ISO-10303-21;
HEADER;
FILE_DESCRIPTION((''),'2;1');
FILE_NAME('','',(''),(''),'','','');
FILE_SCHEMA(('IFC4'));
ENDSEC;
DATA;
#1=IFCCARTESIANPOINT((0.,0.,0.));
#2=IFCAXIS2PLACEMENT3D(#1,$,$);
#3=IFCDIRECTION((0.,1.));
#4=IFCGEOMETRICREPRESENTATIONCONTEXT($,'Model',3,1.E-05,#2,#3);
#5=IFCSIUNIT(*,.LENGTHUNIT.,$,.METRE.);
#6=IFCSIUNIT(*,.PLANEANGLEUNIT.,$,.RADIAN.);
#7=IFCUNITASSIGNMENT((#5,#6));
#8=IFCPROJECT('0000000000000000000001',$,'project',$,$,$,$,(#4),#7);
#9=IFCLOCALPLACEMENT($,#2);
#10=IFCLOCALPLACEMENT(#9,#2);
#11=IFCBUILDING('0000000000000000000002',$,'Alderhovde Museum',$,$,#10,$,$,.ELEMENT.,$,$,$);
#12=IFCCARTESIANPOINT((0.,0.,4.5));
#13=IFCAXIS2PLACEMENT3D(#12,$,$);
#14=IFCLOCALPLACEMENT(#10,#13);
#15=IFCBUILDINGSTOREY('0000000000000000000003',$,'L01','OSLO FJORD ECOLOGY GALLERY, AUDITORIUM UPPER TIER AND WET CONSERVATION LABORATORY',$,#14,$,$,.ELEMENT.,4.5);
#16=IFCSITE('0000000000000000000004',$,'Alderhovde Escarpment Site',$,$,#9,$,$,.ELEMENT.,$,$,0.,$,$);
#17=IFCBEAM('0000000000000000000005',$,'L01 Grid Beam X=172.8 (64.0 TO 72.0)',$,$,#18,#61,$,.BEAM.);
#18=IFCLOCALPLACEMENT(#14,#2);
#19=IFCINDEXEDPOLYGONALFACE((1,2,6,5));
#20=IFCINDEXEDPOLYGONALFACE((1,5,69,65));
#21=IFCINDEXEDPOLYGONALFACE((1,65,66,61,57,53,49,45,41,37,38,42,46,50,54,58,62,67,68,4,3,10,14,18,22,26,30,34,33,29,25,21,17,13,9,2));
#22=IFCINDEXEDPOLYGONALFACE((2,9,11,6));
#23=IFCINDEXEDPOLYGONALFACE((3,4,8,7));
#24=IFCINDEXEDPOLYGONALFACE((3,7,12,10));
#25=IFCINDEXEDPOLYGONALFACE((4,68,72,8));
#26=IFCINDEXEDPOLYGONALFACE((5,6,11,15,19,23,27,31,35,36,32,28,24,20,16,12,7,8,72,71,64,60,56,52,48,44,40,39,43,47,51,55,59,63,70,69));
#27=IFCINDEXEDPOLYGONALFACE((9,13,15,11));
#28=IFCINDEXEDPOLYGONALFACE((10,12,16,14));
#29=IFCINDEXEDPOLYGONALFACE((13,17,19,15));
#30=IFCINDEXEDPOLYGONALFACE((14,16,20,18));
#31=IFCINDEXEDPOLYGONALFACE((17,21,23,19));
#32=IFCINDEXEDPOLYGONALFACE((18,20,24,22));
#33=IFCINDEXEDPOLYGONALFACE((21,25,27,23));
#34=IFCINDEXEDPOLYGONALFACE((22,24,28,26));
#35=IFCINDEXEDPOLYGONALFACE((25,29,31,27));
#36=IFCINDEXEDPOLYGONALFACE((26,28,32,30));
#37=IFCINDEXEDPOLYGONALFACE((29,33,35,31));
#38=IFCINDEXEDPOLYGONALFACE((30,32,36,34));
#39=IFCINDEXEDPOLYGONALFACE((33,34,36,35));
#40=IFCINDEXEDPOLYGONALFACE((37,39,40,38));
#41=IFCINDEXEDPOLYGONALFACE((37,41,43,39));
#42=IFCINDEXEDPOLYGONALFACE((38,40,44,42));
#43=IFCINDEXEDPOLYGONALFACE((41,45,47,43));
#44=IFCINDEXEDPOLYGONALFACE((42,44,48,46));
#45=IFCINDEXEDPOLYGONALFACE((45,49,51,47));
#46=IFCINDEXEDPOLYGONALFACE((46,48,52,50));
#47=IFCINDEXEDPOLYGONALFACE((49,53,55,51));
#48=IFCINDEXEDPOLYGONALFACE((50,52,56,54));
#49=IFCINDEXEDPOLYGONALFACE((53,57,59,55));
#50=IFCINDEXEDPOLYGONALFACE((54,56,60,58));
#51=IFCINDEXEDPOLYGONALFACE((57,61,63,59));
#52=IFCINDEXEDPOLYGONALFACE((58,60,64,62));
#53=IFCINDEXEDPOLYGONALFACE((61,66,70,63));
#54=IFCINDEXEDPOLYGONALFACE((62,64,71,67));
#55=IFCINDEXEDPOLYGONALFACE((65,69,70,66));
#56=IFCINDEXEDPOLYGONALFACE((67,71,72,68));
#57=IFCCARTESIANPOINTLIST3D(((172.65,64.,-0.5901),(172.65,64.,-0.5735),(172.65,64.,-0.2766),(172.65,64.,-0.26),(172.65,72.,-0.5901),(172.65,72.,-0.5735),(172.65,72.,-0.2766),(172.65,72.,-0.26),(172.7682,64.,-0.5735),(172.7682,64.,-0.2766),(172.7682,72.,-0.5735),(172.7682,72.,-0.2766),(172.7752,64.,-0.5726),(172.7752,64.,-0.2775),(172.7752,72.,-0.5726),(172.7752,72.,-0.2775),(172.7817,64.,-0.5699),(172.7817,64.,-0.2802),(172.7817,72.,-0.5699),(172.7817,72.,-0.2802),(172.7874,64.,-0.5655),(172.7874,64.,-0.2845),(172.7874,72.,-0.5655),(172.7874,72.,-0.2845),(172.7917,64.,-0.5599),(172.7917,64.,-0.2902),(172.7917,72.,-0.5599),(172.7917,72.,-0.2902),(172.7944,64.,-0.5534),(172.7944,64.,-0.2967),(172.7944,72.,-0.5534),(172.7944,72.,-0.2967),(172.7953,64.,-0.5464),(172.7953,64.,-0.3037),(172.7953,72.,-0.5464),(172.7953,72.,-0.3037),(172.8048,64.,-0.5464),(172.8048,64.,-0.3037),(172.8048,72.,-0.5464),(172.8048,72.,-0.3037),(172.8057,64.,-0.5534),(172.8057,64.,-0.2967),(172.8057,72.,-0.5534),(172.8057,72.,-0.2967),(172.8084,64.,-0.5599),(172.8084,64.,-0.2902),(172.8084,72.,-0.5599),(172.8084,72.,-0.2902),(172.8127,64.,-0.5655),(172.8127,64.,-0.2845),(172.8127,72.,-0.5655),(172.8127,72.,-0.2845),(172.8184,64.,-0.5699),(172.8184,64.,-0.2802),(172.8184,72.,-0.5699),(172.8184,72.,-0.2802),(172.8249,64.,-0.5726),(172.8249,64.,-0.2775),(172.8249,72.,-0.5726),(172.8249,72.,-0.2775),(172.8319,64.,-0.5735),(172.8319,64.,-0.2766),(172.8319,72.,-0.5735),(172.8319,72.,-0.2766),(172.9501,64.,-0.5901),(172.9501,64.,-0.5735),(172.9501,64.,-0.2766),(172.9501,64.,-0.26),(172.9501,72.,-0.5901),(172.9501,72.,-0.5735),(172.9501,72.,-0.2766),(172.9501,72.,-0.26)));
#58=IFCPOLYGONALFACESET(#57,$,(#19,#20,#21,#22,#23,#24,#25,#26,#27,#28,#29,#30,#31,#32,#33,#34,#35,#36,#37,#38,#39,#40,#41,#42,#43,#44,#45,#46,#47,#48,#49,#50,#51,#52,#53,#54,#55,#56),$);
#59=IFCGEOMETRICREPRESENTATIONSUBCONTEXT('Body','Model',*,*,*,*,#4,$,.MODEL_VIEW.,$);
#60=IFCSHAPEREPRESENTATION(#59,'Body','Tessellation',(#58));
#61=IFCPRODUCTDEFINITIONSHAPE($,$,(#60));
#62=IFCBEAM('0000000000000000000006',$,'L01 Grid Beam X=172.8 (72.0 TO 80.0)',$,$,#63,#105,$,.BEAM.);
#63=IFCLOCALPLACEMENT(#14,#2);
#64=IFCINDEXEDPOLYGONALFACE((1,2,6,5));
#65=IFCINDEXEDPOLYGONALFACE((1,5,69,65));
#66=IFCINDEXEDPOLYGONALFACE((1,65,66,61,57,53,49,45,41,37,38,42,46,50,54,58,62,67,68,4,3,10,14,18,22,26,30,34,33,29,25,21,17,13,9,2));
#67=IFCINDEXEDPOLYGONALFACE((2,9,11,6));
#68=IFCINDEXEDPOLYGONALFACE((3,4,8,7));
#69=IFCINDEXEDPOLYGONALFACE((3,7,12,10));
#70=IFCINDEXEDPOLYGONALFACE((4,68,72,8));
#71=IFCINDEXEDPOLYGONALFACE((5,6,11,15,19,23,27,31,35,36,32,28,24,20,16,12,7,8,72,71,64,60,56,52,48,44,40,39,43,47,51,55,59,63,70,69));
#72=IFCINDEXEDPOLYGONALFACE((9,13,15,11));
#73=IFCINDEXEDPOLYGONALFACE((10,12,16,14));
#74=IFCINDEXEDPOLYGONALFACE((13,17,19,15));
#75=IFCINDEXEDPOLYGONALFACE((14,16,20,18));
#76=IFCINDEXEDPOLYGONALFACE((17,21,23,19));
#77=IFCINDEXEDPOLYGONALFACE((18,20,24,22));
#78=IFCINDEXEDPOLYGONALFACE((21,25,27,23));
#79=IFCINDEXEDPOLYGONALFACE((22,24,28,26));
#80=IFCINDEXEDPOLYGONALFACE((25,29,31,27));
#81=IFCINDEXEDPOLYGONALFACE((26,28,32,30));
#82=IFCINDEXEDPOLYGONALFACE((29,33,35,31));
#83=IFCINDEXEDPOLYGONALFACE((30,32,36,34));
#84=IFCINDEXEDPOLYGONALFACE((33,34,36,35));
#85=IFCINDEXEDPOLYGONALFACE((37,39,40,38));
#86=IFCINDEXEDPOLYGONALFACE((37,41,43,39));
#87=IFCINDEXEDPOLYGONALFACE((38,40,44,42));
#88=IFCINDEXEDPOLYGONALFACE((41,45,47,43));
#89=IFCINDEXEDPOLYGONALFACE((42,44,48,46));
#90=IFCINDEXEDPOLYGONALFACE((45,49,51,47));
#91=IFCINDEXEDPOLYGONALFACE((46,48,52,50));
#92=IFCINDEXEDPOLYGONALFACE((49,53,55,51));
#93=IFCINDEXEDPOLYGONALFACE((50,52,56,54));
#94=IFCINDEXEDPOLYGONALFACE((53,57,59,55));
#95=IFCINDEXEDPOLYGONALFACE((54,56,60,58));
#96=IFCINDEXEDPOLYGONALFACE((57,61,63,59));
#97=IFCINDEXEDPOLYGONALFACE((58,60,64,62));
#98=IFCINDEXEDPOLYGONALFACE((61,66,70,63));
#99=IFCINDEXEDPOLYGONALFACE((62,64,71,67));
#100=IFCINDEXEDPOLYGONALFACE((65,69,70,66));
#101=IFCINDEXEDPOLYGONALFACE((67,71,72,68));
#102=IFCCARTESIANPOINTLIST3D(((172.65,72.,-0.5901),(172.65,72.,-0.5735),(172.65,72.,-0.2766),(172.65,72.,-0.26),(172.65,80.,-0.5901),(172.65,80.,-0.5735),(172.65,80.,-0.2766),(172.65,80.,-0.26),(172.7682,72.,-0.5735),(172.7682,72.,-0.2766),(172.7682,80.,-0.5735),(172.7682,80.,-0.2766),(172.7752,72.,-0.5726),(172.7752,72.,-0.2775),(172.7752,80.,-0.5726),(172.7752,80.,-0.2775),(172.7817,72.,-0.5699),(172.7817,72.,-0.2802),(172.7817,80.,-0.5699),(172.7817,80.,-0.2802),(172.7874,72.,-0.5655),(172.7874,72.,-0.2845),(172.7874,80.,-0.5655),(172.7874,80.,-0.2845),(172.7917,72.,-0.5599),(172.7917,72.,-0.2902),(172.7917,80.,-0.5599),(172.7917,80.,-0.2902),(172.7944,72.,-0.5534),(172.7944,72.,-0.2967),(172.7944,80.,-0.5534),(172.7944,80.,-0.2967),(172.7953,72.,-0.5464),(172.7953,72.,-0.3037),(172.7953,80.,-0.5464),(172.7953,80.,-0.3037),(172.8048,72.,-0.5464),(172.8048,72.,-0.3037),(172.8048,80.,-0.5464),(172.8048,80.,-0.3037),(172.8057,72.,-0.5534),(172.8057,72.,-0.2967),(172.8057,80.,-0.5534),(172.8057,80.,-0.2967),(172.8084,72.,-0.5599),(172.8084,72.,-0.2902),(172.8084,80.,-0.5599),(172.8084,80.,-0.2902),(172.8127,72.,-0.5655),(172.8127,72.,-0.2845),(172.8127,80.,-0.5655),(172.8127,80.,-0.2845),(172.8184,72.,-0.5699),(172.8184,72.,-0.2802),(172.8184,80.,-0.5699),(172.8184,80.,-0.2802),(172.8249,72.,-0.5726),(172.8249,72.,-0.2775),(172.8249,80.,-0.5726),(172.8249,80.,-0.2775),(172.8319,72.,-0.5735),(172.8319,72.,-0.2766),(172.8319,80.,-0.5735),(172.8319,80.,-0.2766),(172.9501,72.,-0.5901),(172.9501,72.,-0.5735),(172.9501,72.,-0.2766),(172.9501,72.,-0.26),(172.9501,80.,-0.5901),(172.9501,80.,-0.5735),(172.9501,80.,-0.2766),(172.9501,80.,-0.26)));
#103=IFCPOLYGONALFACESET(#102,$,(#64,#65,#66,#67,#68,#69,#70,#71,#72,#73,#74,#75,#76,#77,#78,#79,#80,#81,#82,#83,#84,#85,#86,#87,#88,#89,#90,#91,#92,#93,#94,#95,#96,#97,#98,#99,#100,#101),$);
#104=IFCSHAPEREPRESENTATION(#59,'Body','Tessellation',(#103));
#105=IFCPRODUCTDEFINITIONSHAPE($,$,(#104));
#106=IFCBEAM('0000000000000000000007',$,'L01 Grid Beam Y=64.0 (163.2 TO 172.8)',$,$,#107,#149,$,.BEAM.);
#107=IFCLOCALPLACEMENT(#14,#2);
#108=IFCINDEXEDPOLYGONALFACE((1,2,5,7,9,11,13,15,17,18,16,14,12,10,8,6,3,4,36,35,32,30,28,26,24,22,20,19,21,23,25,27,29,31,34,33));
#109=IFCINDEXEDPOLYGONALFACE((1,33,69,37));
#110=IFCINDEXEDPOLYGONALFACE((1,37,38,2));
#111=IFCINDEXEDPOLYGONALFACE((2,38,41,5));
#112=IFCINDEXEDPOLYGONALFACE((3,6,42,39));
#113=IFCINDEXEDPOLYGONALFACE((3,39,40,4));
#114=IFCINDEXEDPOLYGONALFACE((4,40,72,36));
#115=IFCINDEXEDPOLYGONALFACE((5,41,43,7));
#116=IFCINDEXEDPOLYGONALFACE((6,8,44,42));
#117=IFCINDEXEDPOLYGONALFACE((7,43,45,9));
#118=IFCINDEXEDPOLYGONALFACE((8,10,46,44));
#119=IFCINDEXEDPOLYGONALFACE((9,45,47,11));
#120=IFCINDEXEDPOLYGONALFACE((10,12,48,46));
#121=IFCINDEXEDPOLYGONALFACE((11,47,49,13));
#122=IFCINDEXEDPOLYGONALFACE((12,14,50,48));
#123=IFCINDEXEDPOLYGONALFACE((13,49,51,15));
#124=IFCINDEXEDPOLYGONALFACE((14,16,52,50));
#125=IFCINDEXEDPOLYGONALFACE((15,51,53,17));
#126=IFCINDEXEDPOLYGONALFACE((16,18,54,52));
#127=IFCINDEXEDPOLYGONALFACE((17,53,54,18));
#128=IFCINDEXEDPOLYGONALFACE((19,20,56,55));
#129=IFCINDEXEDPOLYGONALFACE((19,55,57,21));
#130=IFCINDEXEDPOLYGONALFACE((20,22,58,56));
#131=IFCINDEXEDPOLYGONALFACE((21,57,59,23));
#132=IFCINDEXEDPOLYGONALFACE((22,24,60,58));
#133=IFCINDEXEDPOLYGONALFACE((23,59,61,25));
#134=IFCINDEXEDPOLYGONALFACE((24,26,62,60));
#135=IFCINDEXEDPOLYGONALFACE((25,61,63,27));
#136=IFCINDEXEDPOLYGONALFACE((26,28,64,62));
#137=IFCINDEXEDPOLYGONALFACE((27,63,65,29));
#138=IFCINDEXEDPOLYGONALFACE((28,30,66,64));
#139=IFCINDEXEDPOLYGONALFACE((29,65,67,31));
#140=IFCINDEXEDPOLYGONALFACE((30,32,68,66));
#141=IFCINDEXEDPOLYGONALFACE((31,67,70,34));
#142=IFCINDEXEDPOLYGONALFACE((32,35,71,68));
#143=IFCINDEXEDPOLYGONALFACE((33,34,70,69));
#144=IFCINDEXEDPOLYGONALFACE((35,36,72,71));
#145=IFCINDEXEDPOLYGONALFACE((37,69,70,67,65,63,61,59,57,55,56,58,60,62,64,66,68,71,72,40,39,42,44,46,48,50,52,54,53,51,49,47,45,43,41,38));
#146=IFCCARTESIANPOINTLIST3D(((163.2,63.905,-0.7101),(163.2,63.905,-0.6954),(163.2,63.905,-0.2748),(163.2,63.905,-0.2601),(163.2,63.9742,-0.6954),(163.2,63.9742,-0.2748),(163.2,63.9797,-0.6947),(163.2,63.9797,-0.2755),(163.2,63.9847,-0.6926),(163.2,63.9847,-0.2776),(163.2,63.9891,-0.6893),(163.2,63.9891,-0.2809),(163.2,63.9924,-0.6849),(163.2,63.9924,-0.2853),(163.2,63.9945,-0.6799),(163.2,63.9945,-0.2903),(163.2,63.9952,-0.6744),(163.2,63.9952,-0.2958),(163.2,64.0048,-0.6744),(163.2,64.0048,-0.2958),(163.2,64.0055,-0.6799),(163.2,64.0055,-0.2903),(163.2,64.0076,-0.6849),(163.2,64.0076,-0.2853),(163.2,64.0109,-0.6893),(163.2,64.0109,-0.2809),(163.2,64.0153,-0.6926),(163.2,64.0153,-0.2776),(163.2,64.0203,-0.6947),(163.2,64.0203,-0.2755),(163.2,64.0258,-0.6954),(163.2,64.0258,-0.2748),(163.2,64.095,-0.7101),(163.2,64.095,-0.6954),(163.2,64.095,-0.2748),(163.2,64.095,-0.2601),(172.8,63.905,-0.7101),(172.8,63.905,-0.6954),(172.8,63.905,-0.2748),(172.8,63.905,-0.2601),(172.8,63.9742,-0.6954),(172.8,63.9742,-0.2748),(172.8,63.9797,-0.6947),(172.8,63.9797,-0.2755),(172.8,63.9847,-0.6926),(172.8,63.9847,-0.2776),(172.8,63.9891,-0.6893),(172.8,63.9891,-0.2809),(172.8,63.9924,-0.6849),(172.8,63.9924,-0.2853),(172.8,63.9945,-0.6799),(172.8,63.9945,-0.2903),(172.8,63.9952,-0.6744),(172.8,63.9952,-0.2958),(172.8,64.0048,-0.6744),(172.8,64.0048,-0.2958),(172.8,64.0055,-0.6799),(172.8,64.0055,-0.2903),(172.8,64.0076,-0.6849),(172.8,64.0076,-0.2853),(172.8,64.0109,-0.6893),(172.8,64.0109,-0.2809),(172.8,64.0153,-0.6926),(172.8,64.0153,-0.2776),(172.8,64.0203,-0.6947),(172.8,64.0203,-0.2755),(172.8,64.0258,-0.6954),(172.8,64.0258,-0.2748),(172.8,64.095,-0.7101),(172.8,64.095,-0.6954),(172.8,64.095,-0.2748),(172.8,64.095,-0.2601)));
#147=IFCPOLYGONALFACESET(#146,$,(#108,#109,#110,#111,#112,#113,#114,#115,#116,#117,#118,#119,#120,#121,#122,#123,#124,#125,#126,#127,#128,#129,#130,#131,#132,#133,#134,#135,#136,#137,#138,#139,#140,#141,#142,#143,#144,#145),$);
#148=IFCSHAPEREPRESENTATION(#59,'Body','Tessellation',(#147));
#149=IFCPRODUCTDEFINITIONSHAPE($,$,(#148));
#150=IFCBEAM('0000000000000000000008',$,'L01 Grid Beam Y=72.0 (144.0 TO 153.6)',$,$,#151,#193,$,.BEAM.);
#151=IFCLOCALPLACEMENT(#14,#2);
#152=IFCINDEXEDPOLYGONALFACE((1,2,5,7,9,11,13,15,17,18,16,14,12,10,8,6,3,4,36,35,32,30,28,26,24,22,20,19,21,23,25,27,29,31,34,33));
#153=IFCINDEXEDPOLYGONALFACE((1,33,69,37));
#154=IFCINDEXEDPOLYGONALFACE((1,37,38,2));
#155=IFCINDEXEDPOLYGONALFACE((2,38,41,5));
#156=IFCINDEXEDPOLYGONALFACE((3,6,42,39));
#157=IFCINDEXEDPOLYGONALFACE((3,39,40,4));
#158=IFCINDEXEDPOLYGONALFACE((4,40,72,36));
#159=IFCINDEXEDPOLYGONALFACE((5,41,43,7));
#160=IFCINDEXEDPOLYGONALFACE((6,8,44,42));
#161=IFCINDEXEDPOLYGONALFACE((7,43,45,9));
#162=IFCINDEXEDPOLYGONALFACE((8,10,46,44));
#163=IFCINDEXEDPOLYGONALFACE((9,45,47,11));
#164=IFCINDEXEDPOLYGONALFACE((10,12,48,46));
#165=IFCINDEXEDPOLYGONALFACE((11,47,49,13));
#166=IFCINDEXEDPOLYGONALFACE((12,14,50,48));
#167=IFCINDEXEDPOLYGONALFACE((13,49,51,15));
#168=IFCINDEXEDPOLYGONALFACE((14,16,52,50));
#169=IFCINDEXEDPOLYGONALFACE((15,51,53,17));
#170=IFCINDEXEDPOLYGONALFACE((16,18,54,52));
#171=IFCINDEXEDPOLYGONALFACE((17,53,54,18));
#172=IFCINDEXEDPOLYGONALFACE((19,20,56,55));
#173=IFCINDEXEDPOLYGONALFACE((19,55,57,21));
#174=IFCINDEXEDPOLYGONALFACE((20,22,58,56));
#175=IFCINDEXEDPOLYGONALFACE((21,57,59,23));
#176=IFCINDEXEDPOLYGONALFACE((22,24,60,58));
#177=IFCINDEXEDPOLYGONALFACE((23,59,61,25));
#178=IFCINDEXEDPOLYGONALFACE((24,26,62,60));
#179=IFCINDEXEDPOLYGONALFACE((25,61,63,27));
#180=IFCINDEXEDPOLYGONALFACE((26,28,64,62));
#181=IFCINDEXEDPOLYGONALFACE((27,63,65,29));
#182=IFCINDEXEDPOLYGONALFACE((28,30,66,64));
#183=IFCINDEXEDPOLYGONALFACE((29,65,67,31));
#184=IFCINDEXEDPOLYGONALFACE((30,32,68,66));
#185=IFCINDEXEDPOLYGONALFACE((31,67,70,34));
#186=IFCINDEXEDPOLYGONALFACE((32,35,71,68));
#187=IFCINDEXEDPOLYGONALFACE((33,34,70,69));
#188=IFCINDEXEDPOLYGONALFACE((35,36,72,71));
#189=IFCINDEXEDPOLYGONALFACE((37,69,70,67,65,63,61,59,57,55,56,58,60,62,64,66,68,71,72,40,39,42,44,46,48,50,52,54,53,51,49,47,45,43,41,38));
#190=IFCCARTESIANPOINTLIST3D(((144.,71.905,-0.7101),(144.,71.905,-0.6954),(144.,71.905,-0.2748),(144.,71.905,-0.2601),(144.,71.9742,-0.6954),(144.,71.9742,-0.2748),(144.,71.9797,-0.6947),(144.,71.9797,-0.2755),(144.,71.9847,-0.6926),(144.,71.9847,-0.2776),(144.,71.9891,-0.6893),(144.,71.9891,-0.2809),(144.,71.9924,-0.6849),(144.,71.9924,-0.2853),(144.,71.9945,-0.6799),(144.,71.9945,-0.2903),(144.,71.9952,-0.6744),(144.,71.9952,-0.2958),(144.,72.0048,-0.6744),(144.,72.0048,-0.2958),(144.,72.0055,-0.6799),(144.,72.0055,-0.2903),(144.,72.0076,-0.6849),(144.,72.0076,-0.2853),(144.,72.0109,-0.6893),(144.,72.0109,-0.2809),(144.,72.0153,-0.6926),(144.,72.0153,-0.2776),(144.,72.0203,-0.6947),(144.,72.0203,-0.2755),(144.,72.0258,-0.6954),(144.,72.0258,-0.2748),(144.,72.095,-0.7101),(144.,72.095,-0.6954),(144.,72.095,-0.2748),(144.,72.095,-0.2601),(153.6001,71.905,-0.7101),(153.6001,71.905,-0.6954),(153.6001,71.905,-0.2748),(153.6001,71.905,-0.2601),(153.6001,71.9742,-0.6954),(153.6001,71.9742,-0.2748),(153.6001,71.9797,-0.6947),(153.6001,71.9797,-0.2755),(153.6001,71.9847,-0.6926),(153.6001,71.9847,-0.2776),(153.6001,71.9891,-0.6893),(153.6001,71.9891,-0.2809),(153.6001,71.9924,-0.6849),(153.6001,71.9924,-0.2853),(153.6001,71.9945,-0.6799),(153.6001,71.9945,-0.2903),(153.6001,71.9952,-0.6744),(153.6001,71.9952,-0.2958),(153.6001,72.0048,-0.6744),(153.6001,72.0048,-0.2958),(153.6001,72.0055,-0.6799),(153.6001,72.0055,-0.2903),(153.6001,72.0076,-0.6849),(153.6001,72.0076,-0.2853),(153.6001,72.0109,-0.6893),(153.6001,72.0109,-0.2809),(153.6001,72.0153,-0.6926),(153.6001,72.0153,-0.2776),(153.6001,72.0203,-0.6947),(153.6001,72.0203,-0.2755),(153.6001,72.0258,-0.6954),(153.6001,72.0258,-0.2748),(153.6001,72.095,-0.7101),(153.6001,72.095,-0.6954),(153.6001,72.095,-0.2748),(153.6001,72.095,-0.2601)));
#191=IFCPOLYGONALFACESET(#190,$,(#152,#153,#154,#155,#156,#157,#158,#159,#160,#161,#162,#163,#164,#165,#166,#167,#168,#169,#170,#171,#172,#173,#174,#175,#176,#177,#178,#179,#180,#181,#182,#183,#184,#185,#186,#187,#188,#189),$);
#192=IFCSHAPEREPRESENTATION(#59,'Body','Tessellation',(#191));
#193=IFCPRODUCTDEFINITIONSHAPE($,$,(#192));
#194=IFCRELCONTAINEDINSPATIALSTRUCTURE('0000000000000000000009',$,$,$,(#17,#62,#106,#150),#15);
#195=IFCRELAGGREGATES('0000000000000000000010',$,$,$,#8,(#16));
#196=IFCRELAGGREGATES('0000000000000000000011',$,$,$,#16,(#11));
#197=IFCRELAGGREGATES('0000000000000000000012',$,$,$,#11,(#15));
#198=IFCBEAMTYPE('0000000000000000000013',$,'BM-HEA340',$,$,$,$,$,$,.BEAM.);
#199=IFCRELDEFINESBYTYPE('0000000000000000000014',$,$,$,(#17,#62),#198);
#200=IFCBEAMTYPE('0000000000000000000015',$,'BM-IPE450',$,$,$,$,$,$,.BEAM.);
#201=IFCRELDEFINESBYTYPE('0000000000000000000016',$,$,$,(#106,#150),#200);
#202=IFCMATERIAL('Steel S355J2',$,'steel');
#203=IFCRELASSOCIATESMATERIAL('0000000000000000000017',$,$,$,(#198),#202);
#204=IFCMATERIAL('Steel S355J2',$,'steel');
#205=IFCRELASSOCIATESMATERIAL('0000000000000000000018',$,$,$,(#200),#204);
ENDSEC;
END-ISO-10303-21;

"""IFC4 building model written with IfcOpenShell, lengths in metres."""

from ifc_helpers import new_model, si_unit, direction, frame, origin, origin_2d, place, context, subcontext, project, spatial, i_section, extrude, material, material_profile, profile_set, type_object, element, save


model = new_model("IFC4")

# Units and contexts
model_context = context("Model", 3, precision=1e-05, world=origin(), true_north=direction((0.0, 1.0)))
body_context = subcontext(model_context, "Body", "Model", "MODEL_VIEW")
ifc_project = project(units=[si_unit("LENGTHUNIT", "METRE"), si_unit("PLANEANGLEUNIT", "RADIAN")], contexts=[model_context])

# Site, building, storey
site_placement = place(None, origin())
site = spatial("IfcSite", under=ifc_project, at=site_placement, Name="Alderhovde Escarpment Site", CompositionType="ELEMENT", RefElevation=0.0)
building_placement = place(site_placement, origin())
building = spatial("IfcBuilding", under=site, at=building_placement, Name="Alderhovde Museum", CompositionType="ELEMENT")
storey_placement = place(building_placement, frame((0.0, 0.0, 4.5)))
storey = spatial("IfcBuildingStorey", under=building, at=storey_placement, Name="L01", Description="OSLO FJORD ECOLOGY GALLERY, AUDITORIUM UPPER TIER AND WET CONSERVATION LABORATORY", CompositionType="ELEMENT", Elevation=4.5)

# Beams
ifc_material_1 = material(Name="Steel S355J2", Category="steel")
ifc_material_profile_1 = material_profile(ifc_material_1, i_section(OverallWidth=0.3, OverallDepth=0.3301, WebThickness=0.0095, FlangeThickness=0.0166, FilletRadius=0.0271, at=origin_2d()), Name="HEA 340")
ifc_profile_set_1 = profile_set([ifc_material_profile_1], Name="Steel S355J2")
beam_type_1 = type_object("IfcBeamType", Name="BM-HEA340", PredefinedType="BEAM", material=ifc_profile_set_1)
for number, where, z_axis, x_axis, name in (
    (1, (172.8, 64.0, -0.425), (0.0, 1.0, 0.0), (-1.0, 0.0, 0.0), "L01 Grid Beam X=172.8 (64.0 TO 72.0)"),
    (2, (172.8, 72.0, -0.425), (0.0, 1.0, 0.0), (-1.0, 0.0, 0.0), "L01 Grid Beam X=172.8 (72.0 TO 80.0)"),
):
    element("IfcBeam", number, at=place(storey_placement, frame(where, z_axis=z_axis, x_axis=x_axis)), inside=storey, type_object=beam_type_1, Name=name, PredefinedType="BEAM", context=body_context, shape_type="SweptSolid", body=[
        extrude(i_section(OverallWidth=0.3, OverallDepth=0.3301, WebThickness=0.0095, FlangeThickness=0.0166, FilletRadius=0.0271, at=origin_2d()), origin(), (0.0, 0.0, 1.0), 8.0),
    ])
ifc_material_2 = material(Name="Steel S355J2", Category="steel")
ifc_material_profile_2 = material_profile(ifc_material_2, i_section(OverallWidth=0.1899, OverallDepth=0.45, WebThickness=0.0095, FlangeThickness=0.0146, FilletRadius=0.021, at=origin_2d()), Name="IPE 450")
ifc_profile_set_2 = profile_set([ifc_material_profile_2], Name="Steel S355J2")
beam_type_2 = type_object("IfcBeamType", Name="BM-IPE450", PredefinedType="BEAM", material=ifc_profile_set_2)
for number, where, z_axis, x_axis, name in (
    (3, (163.2, 64.0, -0.4851), (1.0, 0.0, 0.0), (0.0, 1.0, 0.0), "L01 Grid Beam Y=64.0 (163.2 TO 172.8)"),
    (4, (144.0, 72.0, -0.4851), (1.0, 0.0, 0.0), (0.0, 1.0, 0.0), "L01 Grid Beam Y=72.0 (144.0 TO 153.6)"),
):
    element("IfcBeam", number, at=place(storey_placement, frame(where, z_axis=z_axis, x_axis=x_axis)), inside=storey, type_object=beam_type_2, Name=name, PredefinedType="BEAM", context=body_context, shape_type="SweptSolid", body=[
        extrude(i_section(OverallWidth=0.1899, OverallDepth=0.45, WebThickness=0.0095, FlangeThickness=0.0146, FilletRadius=0.021, at=origin_2d()), origin(), (0.0, 0.0, 1.0), 9.6001),
    ])

save(model, "model.ifc")
